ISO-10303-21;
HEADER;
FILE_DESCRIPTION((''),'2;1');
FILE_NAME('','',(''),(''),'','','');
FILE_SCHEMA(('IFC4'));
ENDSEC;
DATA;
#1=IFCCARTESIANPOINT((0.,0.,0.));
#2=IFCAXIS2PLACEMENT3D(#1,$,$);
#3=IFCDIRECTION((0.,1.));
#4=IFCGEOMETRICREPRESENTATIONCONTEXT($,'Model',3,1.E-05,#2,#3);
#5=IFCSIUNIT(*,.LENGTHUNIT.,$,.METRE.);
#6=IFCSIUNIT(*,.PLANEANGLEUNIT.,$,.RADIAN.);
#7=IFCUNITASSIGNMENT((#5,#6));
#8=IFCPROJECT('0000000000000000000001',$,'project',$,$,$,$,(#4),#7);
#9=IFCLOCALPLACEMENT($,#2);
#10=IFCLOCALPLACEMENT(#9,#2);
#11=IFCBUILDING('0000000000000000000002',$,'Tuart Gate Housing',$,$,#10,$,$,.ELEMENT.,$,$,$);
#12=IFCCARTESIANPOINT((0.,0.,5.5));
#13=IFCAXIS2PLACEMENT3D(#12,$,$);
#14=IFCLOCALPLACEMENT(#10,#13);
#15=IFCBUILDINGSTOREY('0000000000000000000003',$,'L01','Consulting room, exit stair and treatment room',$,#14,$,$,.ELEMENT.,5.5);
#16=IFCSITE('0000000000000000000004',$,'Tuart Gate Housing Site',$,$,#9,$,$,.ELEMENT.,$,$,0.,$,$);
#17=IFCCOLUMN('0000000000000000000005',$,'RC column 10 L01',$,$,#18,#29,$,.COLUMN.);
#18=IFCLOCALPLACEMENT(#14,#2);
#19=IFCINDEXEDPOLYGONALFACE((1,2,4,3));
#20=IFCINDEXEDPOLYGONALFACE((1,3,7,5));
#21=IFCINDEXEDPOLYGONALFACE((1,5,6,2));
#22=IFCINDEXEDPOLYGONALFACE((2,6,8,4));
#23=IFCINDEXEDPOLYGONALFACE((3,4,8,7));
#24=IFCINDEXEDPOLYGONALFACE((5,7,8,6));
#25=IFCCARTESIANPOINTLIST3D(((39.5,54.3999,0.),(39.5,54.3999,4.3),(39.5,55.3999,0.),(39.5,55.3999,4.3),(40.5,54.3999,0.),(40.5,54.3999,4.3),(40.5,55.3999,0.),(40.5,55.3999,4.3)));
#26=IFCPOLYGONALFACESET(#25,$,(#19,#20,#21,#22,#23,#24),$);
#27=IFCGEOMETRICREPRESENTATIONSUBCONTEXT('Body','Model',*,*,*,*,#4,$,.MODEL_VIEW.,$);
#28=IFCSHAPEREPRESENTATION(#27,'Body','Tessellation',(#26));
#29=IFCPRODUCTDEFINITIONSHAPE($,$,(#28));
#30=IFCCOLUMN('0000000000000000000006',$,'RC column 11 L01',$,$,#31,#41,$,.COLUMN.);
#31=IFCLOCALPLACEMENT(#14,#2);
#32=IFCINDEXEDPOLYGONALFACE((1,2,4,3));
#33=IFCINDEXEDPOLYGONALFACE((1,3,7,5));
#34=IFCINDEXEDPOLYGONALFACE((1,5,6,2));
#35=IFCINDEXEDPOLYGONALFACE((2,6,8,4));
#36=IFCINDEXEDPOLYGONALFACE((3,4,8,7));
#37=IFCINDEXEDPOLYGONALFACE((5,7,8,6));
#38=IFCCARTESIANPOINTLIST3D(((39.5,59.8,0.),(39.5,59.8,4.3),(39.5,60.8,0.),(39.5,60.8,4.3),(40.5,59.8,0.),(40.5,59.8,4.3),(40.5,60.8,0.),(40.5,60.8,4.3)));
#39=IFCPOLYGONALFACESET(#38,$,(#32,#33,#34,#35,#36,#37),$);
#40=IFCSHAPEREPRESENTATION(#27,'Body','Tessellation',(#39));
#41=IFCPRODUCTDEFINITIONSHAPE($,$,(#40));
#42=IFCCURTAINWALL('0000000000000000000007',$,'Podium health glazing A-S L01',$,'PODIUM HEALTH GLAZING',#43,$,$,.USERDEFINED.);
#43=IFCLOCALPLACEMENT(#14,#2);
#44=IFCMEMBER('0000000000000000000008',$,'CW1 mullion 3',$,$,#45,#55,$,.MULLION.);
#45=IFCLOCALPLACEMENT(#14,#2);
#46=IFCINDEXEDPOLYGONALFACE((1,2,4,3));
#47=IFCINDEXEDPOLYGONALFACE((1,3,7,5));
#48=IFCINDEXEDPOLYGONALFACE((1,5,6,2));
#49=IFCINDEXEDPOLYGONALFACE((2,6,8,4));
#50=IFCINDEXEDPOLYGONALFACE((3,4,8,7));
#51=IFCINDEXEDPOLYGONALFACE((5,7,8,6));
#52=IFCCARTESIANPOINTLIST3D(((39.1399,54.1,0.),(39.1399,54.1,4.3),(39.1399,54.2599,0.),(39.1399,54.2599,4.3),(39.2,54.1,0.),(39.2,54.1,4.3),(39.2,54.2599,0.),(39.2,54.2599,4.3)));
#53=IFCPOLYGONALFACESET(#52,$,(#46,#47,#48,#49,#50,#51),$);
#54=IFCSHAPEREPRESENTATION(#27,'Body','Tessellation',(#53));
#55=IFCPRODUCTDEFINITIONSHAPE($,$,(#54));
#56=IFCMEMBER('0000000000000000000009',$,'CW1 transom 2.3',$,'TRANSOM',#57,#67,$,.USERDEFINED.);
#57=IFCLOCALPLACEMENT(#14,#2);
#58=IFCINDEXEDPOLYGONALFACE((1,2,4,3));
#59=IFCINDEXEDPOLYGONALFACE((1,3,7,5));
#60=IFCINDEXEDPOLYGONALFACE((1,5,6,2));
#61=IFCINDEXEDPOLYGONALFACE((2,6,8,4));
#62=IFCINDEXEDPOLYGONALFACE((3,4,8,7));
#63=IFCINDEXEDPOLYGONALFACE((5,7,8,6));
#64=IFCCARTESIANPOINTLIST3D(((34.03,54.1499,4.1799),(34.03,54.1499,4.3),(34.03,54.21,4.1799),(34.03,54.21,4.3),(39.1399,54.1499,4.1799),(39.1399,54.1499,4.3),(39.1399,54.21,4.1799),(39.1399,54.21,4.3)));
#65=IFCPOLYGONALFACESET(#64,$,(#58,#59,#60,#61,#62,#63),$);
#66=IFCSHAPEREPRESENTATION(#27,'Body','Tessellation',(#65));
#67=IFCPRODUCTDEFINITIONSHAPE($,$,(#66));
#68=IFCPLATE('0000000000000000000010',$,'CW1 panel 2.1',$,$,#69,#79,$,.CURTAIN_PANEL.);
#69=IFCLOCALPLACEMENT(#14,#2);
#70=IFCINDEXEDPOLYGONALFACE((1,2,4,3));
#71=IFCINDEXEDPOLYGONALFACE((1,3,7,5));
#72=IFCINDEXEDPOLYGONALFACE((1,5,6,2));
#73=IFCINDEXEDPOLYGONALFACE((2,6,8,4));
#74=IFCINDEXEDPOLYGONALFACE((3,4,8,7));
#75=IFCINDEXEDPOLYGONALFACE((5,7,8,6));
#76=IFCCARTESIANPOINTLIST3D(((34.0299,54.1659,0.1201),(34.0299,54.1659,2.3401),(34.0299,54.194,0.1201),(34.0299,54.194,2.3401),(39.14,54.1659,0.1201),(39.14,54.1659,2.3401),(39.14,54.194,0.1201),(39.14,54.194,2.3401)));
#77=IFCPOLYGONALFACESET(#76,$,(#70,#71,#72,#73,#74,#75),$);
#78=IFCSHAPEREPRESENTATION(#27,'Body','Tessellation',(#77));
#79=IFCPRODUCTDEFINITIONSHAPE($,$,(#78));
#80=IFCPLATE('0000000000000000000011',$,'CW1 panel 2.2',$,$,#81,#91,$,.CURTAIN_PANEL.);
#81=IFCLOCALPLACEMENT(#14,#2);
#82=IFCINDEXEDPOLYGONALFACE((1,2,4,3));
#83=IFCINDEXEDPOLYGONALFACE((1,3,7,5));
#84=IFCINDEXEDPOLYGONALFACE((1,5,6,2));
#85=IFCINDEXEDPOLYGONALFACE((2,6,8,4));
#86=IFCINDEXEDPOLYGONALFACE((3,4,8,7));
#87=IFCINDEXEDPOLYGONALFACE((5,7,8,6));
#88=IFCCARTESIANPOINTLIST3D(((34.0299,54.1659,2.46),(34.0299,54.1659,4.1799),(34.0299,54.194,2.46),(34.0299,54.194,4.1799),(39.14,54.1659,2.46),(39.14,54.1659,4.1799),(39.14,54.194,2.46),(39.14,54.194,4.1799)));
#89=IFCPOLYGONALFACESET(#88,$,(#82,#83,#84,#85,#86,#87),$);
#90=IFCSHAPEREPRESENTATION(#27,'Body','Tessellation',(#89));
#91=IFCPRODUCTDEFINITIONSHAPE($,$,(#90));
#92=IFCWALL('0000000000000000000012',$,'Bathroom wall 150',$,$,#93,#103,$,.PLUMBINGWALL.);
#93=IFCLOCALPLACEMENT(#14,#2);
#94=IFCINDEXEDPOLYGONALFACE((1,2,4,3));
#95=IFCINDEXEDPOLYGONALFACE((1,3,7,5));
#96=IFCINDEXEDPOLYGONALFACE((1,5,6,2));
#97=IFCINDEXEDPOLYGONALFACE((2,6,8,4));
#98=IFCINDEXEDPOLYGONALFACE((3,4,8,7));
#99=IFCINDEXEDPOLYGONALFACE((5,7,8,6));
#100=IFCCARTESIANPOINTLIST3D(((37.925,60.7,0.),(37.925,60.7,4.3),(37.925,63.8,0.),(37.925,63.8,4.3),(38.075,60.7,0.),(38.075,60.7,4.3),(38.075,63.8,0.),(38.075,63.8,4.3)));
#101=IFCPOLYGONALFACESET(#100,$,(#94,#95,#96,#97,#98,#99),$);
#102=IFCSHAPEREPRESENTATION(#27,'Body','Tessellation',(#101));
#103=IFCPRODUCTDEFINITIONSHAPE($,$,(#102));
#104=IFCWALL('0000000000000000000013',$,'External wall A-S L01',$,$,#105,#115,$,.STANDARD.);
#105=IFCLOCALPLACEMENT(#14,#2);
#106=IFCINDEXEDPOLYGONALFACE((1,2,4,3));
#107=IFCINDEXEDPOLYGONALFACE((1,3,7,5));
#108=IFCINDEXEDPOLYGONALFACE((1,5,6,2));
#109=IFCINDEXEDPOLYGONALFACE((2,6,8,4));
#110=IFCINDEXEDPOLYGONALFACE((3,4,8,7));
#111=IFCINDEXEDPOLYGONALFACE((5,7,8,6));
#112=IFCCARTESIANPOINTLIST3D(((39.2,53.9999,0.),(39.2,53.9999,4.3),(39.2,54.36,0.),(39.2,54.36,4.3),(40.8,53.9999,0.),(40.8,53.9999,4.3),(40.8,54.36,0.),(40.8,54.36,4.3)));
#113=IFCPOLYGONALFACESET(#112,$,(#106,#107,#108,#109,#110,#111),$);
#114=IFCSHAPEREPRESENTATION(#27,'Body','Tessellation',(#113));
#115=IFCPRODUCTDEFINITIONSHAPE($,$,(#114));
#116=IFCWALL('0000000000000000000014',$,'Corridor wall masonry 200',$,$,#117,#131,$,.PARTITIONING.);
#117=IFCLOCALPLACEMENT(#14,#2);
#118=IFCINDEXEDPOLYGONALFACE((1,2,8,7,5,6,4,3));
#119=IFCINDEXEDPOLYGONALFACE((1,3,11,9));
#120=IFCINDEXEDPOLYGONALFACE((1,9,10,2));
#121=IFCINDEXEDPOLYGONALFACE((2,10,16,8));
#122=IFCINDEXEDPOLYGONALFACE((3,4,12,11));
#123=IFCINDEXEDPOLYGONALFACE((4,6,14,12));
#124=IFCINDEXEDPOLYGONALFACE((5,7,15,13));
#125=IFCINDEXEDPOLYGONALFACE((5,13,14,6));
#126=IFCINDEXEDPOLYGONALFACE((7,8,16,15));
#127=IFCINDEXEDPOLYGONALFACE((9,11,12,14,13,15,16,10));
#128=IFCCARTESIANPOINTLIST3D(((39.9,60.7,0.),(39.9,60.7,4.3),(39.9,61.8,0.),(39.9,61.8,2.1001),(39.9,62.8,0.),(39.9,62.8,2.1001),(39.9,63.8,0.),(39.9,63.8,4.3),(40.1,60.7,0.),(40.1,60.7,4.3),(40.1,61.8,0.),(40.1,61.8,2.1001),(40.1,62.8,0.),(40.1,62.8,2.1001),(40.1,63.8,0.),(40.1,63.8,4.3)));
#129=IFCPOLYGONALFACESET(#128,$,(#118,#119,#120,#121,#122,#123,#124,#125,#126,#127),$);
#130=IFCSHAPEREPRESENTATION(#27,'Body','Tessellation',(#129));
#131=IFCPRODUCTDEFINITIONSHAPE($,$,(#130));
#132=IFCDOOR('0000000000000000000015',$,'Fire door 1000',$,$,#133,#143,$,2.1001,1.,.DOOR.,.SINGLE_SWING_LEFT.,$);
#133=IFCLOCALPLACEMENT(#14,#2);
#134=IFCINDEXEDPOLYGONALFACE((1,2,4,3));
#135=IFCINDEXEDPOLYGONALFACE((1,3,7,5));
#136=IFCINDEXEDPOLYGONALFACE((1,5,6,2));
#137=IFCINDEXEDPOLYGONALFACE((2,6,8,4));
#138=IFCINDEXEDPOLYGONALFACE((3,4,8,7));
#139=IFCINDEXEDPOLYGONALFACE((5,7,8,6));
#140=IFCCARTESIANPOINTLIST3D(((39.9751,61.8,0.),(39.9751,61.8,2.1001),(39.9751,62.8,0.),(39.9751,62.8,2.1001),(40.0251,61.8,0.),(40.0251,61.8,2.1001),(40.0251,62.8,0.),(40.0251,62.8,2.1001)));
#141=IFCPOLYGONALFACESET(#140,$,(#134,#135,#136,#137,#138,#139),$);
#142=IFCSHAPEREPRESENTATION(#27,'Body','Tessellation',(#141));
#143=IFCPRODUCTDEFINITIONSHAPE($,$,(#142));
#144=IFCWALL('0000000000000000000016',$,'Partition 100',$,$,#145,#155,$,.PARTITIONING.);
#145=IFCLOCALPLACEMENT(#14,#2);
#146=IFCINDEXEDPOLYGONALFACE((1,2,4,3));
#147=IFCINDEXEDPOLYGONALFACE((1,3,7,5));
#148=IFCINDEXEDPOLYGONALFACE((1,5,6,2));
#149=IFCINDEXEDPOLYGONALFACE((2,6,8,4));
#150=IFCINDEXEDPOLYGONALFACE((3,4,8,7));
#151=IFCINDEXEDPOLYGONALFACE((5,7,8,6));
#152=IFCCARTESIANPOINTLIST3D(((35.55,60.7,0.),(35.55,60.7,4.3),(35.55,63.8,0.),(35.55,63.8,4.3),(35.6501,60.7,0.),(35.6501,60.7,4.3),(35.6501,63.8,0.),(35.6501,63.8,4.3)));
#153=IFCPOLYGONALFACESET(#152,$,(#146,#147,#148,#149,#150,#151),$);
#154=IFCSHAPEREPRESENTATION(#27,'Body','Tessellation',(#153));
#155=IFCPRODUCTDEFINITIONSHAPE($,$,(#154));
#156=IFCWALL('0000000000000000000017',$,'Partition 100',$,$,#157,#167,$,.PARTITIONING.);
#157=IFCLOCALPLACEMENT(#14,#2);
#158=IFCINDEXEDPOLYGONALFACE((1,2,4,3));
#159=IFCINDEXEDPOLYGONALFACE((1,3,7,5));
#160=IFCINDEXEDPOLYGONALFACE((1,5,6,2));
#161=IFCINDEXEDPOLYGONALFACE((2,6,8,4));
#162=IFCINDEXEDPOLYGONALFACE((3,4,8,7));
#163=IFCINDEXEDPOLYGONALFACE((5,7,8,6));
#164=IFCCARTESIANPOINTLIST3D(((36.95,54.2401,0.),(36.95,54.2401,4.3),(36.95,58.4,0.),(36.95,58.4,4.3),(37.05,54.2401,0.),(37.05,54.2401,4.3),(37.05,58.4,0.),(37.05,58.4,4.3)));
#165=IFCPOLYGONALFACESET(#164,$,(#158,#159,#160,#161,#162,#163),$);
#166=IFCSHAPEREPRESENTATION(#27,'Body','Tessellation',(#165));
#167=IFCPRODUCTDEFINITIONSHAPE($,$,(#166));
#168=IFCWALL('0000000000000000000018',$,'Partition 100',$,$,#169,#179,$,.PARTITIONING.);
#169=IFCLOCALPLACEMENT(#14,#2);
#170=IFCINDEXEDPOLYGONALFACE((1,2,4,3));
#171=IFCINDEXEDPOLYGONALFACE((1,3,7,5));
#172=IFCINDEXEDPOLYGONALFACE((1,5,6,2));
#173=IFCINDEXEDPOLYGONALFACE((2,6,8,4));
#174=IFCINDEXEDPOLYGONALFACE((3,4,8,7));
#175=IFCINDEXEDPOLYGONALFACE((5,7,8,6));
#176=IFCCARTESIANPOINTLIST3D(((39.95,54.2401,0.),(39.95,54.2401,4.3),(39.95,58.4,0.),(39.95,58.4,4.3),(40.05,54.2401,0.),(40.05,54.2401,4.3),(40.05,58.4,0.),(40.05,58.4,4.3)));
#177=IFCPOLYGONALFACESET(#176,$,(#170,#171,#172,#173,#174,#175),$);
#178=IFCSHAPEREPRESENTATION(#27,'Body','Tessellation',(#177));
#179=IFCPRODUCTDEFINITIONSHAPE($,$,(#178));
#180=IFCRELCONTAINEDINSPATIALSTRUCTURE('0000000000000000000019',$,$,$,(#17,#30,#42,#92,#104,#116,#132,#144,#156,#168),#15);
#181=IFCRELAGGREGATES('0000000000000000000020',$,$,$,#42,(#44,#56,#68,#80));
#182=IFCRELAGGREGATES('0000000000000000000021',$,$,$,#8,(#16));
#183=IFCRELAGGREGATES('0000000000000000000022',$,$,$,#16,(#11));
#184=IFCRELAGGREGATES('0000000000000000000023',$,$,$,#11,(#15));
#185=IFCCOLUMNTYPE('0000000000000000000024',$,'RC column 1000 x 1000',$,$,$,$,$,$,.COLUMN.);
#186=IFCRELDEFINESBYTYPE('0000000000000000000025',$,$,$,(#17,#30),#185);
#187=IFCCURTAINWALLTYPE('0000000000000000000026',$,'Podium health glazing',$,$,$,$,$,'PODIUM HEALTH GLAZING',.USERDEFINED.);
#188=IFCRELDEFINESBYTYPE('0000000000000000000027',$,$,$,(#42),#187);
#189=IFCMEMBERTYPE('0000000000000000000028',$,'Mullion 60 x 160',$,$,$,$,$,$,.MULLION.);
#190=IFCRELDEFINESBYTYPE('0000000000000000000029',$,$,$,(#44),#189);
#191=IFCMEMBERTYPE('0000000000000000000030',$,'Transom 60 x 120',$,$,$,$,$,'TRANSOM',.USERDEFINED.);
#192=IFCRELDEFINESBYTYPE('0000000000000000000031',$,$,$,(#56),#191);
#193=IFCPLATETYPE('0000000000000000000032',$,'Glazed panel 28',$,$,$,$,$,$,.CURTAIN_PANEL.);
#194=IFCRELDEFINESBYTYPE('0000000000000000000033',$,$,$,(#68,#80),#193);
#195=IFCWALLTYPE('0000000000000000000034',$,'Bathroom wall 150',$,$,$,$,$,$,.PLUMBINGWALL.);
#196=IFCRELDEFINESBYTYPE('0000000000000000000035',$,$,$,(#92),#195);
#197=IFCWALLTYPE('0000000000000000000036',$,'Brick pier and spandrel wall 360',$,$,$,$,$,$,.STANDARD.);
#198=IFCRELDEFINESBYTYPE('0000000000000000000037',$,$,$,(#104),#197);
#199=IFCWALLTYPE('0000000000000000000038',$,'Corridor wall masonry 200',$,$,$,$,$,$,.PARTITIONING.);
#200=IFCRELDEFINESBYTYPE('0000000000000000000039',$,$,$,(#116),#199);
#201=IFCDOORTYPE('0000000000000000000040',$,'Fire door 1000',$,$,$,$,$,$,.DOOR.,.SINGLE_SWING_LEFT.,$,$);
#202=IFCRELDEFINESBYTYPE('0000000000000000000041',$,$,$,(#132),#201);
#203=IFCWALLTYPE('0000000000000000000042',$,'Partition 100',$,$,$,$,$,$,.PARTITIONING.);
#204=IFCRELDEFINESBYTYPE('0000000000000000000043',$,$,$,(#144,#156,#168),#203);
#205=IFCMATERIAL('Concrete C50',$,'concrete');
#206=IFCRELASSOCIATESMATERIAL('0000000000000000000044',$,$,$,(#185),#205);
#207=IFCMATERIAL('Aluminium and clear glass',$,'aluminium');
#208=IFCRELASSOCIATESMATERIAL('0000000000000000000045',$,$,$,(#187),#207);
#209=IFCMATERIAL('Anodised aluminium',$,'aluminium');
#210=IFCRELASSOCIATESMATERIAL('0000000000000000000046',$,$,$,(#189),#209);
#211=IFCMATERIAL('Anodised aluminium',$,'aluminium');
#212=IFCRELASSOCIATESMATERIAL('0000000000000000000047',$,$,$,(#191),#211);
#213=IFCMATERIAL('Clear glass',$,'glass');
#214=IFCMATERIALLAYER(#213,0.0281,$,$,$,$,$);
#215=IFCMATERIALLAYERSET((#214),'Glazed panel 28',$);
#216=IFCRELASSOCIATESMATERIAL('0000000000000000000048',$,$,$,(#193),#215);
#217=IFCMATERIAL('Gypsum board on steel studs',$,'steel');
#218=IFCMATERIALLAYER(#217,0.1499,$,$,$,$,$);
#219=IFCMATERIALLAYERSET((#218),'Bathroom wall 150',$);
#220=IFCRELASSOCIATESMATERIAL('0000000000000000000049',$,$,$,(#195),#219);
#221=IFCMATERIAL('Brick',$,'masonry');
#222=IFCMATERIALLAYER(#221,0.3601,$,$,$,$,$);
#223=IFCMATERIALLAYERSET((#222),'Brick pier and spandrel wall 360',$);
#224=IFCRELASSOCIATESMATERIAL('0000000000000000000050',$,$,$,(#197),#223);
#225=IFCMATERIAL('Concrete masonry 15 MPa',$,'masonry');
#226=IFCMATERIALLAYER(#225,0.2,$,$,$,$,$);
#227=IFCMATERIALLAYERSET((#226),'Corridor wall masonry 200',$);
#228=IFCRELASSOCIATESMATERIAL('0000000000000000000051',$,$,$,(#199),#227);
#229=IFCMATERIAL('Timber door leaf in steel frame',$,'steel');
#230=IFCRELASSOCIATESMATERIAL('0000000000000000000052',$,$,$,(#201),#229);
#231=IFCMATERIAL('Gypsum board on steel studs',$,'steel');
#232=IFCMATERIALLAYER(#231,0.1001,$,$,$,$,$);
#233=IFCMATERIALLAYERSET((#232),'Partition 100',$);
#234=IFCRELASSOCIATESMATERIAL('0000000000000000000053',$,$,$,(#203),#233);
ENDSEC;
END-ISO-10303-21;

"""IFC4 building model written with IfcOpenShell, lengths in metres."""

from ifc_helpers import new_model, si_unit, direction, frame, frame_2d, origin, origin_2d, place, context, subcontext, project, spatial, rectangle, extrude, material, layer, layer_set, material_profile, profile_set, type_object, element, fill, aggregate, save


model = new_model("IFC4")

# Units and contexts
model_context = context("Model", 3, precision=1e-05, world=origin(), true_north=direction((0.0, 1.0)))
body_context = subcontext(model_context, "Body", "Model", "MODEL_VIEW")
ifc_project = project(units=[si_unit("LENGTHUNIT", "METRE"), si_unit("PLANEANGLEUNIT", "RADIAN")], contexts=[model_context])

# Site, building, storey
site_placement = place(None, origin())
site = spatial("IfcSite", under=ifc_project, at=site_placement, Name="Tuart Gate Housing Site", CompositionType="ELEMENT", RefElevation=0.0)
building_placement = place(site_placement, origin())
building = spatial("IfcBuilding", under=site, at=building_placement, Name="Tuart Gate Housing", CompositionType="ELEMENT")
storey_placement = place(building_placement, frame((0.0, 0.0, 5.5)))
storey = spatial("IfcBuildingStorey", under=building, at=storey_placement, Name="L01", Description="Consulting room, exit stair and treatment room", CompositionType="ELEMENT", Elevation=5.5)

# Columns
ifc_material_1 = material(Name="Concrete C50", Category="concrete")
ifc_material_profile_1 = material_profile(ifc_material_1, rectangle(XDim=1.0, YDim=1.0, at=origin_2d()), Name="RC column 1000 x 1000")
ifc_profile_set_1 = profile_set([ifc_material_profile_1], Name="Concrete C50")
column_type = type_object("IfcColumnType", Name="RC column 1000 x 1000", PredefinedType="COLUMN", material=ifc_profile_set_1)
for number, where, z_axis, x_axis, name in (
    (1, (40.0, 54.8999, 0.0), (0.0, 0.0, 1.0), (1.0, 0.0, 0.0), "RC column 10 L01"),
    (2, (40.0, 60.3, 0.0), (0.0, 0.0, 1.0), (1.0, 0.0, 0.0), "RC column 11 L01"),
):
    element("IfcColumn", number, at=place(storey_placement, frame(where, z_axis=z_axis, x_axis=x_axis)), inside=storey, type_object=column_type, Name=name, PredefinedType="COLUMN", context=body_context, shape_type="SweptSolid", body=[
        extrude(rectangle(XDim=1.0, YDim=1.0, at=origin_2d()), origin(), (0.0, 0.0, 1.0), 4.3),
    ])

# Curtain wall, members, plates
ifc_material_2 = material(Name="Aluminium and clear glass", Category="aluminium")
curtain_wall_type = type_object("IfcCurtainWallType", Name="Podium health glazing", ElementType="PODIUM HEALTH GLAZING", PredefinedType="USERDEFINED", material=ifc_material_2)
curtain_wall_placement = place(storey_placement, origin())
curtain_wall = element("IfcCurtainWall", 3, at=curtain_wall_placement, inside=storey, type_object=curtain_wall_type, Name="Podium health glazing A-S L01", ObjectType="PODIUM HEALTH GLAZING", PredefinedType="USERDEFINED")
ifc_material_3 = material(Name="Anodised aluminium", Category="aluminium")
ifc_material_profile_2 = material_profile(ifc_material_3, rectangle(XDim=0.0601, YDim=0.1599, at=origin_2d()), Name="60x160")
ifc_profile_set_2 = profile_set([ifc_material_profile_2], Name="Anodised aluminium")
member_type_1 = type_object("IfcMemberType", Name="Mullion 60 x 160", PredefinedType="MULLION", material=ifc_profile_set_2)
member_1_placement = place(storey_placement, frame((39.1699, 54.1799, 0.0), z_axis=(0.0, 0.0, 1.0), x_axis=(1.0, 0.0, 0.0)))
member_1 = element("IfcMember", 4, at=member_1_placement, type_object=member_type_1, Name="CW1 mullion 3", PredefinedType="MULLION", context=body_context, shape_type="SweptSolid", body=[
    extrude(rectangle(XDim=0.0601, YDim=0.1599, at=origin_2d()), origin(), (0.0, 0.0, 1.0), 4.3),
])
ifc_material_4 = material(Name="Anodised aluminium", Category="aluminium")
ifc_material_profile_3 = material_profile(ifc_material_4, rectangle(XDim=0.0601, YDim=0.1201, at=origin_2d()), Name="60x120")
ifc_profile_set_3 = profile_set([ifc_material_profile_3], Name="Anodised aluminium")
member_type_2 = type_object("IfcMemberType", Name="Transom 60 x 120", ElementType="TRANSOM", PredefinedType="USERDEFINED", material=ifc_profile_set_3)
member_2_placement = place(storey_placement, frame((34.03, 54.1799, 4.24), z_axis=(1.0, 0.0, 0.0), x_axis=(0.0, 1.0, 0.0)))
member_2 = element("IfcMember", 5, at=member_2_placement, type_object=member_type_2, Name="CW1 transom 2.3", ObjectType="TRANSOM", PredefinedType="USERDEFINED", context=body_context, shape_type="SweptSolid", body=[
    extrude(rectangle(XDim=0.0601, YDim=0.1201, at=origin_2d()), origin(), (0.0, 0.0, 1.0), 5.1099),
])
ifc_material_5 = material(Name="Clear glass", Category="glass")
ifc_layer_1 = layer(ifc_material_5, 0.0281)
ifc_layer_set_1 = layer_set([ifc_layer_1], Name="Glazed panel 28")
plate_type = type_object("IfcPlateType", Name="Glazed panel 28", PredefinedType="CURTAIN_PANEL", material=ifc_layer_set_1)
plate_1_placement = place(storey_placement, frame((36.585, 54.1799, 0.1201), z_axis=(0.0, 0.0, 1.0), x_axis=(1.0, 0.0, 0.0)))
plate_1 = element("IfcPlate", 6, at=plate_1_placement, type_object=plate_type, Name="CW1 panel 2.1", PredefinedType="CURTAIN_PANEL", context=body_context, shape_type="SweptSolid", body=[
    extrude(rectangle(XDim=5.1101, YDim=0.0281, at=origin_2d()), origin(), (0.0, 0.0, 1.0), 2.22),
])
plate_2_placement = place(storey_placement, frame((36.585, 54.1799, 2.46), z_axis=(0.0, 0.0, 1.0), x_axis=(1.0, 0.0, 0.0)))
plate_2 = element("IfcPlate", 7, at=plate_2_placement, type_object=plate_type, Name="CW1 panel 2.2", PredefinedType="CURTAIN_PANEL", context=body_context, shape_type="SweptSolid", body=[
    extrude(rectangle(XDim=5.1101, YDim=0.0281, at=origin_2d()), origin(), (0.0, 0.0, 1.0), 1.72),
])
aggregate(curtain_wall, [member_1, member_2, plate_1, plate_2])

# Walls
ifc_material_6 = material(Name="Gypsum board on steel studs", Category="steel")
ifc_layer_2 = layer(ifc_material_6, 0.1499)
ifc_layer_set_2 = layer_set([ifc_layer_2], Name="Bathroom wall 150")
wall_type_1 = type_object("IfcWallType", Name="Bathroom wall 150", PredefinedType="PLUMBINGWALL", material=ifc_layer_set_2)
wall_1_placement = place(storey_placement, frame((38.0, 60.7, 0.0), z_axis=(0.0, 0.0, 1.0), x_axis=(0.0, 1.0, 0.0)))
element("IfcWall", 8, at=wall_1_placement, inside=storey, type_object=wall_type_1, Name="Bathroom wall 150", PredefinedType="PLUMBINGWALL", context=body_context, shape_type="SweptSolid", body=[
    extrude(rectangle(XDim=3.1001, YDim=0.1499, at=frame_2d((1.55, 0.0))), origin(), (0.0, 0.0, 1.0), 4.3),
])
ifc_material_7 = material(Name="Brick", Category="masonry")
ifc_layer_3 = layer(ifc_material_7, 0.3601)
ifc_layer_set_3 = layer_set([ifc_layer_3], Name="Brick pier and spandrel wall 360")
wall_type_2 = type_object("IfcWallType", Name="Brick pier and spandrel wall 360", PredefinedType="STANDARD", material=ifc_layer_set_3)
wall_2_placement = place(storey_placement, frame((39.2, 54.1799, 0.0), z_axis=(0.0, 0.0, 1.0), x_axis=(1.0, 0.0, 0.0)))
element("IfcWall", 9, at=wall_2_placement, inside=storey, type_object=wall_type_2, Name="External wall A-S L01", PredefinedType="STANDARD", context=body_context, shape_type="SweptSolid", body=[
    extrude(rectangle(XDim=1.6001, YDim=0.3601, at=frame_2d((0.8, 0.0))), origin(), (0.0, 0.0, 1.0), 4.3),
])

# Wall, opening, door
ifc_material_8 = material(Name="Concrete masonry 15 MPa", Category="masonry")
ifc_layer_4 = layer(ifc_material_8, 0.2)
ifc_layer_set_4 = layer_set([ifc_layer_4], Name="Corridor wall masonry 200")
wall_type_3 = type_object("IfcWallType", Name="Corridor wall masonry 200", PredefinedType="PARTITIONING", material=ifc_layer_set_4)
wall_3_placement = place(storey_placement, frame((40.0, 60.7, 0.0), z_axis=(0.0, 0.0, 1.0), x_axis=(0.0, 1.0, 0.0)))
wall_3 = element("IfcWall", 10, at=wall_3_placement, inside=storey, type_object=wall_type_3, Name="Corridor wall masonry 200", PredefinedType="PARTITIONING", context=body_context, shape_type="SweptSolid", body=[
    extrude(rectangle(XDim=3.1001, YDim=0.2, at=frame_2d((1.55, 0.0))), origin(), (0.0, 0.0, 1.0), 4.3),
])
opening_placement = place(wall_3_placement, frame((1.1001, 0.0, 0.0)))
opening = element("IfcOpeningElement", 11, at=opening_placement, cuts=wall_3, PredefinedType="OPENING", context=body_context, shape_type="SweptSolid", body=[
    extrude(rectangle(XDim=1.0, YDim=2.1001, at=frame_2d((0.5, 1.05))), frame((0.0, 0.1099, 0.0), z_axis=(0.0, -1.0, 0.0), x_axis=(1.0, 0.0, 0.0)), (0.0, 0.0, 1.0), 0.22),
])
ifc_material_9 = material(Name="Timber door leaf in steel frame", Category="steel")
door_type = type_object("IfcDoorType", Name="Fire door 1000", OperationType="SINGLE_SWING_LEFT", PredefinedType="DOOR", material=ifc_material_9)
door_placement = place(opening_placement, origin())
door = element("IfcDoor", 12, at=door_placement, inside=storey, type_object=door_type, Name="Fire door 1000", OperationType="SINGLE_SWING_LEFT", OverallHeight=2.1001, OverallWidth=1.0, PredefinedType="DOOR", context=body_context, shape_type="SweptSolid", body=[
    extrude(rectangle(XDim=1.0, YDim=2.1001, at=frame_2d((0.5, 1.05))), frame((0.0, 0.0249, 0.0), z_axis=(0.0, -1.0, 0.0), x_axis=(1.0, 0.0, 0.0)), (0.0, 0.0, 1.0), 0.05),
])
fill(opening, door)

# Walls
ifc_material_10 = material(Name="Gypsum board on steel studs", Category="steel")
ifc_layer_5 = layer(ifc_material_10, 0.1001)
ifc_layer_set_5 = layer_set([ifc_layer_5], Name="Partition 100")
wall_type_4 = type_object("IfcWallType", Name="Partition 100", PredefinedType="PARTITIONING", material=ifc_layer_set_5)
wall_4_placement = place(storey_placement, frame((35.6001, 60.7, 0.0), z_axis=(0.0, 0.0, 1.0), x_axis=(0.0, 1.0, 0.0)))
element("IfcWall", 13, at=wall_4_placement, inside=storey, type_object=wall_type_4, Name="Partition 100", PredefinedType="PARTITIONING", context=body_context, shape_type="SweptSolid", body=[
    extrude(rectangle(XDim=3.1001, YDim=0.1001, at=frame_2d((1.55, 0.0))), origin(), (0.0, 0.0, 1.0), 4.3),
])
for number, where, z_axis, x_axis, name in (
    (14, (37.0, 54.24, 0.0), (0.0, 0.0, 1.0), (0.0, 1.0, 0.0), "Partition 100"),
    (15, (40.0, 54.24, 0.0), (0.0, 0.0, 1.0), (0.0, 1.0, 0.0), "Partition 100"),
):
    element("IfcWall", number, at=place(storey_placement, frame(where, z_axis=z_axis, x_axis=x_axis)), inside=storey, type_object=wall_type_4, Name=name, PredefinedType="PARTITIONING", context=body_context, shape_type="SweptSolid", body=[
        extrude(rectangle(XDim=4.1599, YDim=0.1001, at=frame_2d((2.0801, 0.0))), origin(), (0.0, 0.0, 1.0), 4.3),
    ])

save(model, "model.ifc")
